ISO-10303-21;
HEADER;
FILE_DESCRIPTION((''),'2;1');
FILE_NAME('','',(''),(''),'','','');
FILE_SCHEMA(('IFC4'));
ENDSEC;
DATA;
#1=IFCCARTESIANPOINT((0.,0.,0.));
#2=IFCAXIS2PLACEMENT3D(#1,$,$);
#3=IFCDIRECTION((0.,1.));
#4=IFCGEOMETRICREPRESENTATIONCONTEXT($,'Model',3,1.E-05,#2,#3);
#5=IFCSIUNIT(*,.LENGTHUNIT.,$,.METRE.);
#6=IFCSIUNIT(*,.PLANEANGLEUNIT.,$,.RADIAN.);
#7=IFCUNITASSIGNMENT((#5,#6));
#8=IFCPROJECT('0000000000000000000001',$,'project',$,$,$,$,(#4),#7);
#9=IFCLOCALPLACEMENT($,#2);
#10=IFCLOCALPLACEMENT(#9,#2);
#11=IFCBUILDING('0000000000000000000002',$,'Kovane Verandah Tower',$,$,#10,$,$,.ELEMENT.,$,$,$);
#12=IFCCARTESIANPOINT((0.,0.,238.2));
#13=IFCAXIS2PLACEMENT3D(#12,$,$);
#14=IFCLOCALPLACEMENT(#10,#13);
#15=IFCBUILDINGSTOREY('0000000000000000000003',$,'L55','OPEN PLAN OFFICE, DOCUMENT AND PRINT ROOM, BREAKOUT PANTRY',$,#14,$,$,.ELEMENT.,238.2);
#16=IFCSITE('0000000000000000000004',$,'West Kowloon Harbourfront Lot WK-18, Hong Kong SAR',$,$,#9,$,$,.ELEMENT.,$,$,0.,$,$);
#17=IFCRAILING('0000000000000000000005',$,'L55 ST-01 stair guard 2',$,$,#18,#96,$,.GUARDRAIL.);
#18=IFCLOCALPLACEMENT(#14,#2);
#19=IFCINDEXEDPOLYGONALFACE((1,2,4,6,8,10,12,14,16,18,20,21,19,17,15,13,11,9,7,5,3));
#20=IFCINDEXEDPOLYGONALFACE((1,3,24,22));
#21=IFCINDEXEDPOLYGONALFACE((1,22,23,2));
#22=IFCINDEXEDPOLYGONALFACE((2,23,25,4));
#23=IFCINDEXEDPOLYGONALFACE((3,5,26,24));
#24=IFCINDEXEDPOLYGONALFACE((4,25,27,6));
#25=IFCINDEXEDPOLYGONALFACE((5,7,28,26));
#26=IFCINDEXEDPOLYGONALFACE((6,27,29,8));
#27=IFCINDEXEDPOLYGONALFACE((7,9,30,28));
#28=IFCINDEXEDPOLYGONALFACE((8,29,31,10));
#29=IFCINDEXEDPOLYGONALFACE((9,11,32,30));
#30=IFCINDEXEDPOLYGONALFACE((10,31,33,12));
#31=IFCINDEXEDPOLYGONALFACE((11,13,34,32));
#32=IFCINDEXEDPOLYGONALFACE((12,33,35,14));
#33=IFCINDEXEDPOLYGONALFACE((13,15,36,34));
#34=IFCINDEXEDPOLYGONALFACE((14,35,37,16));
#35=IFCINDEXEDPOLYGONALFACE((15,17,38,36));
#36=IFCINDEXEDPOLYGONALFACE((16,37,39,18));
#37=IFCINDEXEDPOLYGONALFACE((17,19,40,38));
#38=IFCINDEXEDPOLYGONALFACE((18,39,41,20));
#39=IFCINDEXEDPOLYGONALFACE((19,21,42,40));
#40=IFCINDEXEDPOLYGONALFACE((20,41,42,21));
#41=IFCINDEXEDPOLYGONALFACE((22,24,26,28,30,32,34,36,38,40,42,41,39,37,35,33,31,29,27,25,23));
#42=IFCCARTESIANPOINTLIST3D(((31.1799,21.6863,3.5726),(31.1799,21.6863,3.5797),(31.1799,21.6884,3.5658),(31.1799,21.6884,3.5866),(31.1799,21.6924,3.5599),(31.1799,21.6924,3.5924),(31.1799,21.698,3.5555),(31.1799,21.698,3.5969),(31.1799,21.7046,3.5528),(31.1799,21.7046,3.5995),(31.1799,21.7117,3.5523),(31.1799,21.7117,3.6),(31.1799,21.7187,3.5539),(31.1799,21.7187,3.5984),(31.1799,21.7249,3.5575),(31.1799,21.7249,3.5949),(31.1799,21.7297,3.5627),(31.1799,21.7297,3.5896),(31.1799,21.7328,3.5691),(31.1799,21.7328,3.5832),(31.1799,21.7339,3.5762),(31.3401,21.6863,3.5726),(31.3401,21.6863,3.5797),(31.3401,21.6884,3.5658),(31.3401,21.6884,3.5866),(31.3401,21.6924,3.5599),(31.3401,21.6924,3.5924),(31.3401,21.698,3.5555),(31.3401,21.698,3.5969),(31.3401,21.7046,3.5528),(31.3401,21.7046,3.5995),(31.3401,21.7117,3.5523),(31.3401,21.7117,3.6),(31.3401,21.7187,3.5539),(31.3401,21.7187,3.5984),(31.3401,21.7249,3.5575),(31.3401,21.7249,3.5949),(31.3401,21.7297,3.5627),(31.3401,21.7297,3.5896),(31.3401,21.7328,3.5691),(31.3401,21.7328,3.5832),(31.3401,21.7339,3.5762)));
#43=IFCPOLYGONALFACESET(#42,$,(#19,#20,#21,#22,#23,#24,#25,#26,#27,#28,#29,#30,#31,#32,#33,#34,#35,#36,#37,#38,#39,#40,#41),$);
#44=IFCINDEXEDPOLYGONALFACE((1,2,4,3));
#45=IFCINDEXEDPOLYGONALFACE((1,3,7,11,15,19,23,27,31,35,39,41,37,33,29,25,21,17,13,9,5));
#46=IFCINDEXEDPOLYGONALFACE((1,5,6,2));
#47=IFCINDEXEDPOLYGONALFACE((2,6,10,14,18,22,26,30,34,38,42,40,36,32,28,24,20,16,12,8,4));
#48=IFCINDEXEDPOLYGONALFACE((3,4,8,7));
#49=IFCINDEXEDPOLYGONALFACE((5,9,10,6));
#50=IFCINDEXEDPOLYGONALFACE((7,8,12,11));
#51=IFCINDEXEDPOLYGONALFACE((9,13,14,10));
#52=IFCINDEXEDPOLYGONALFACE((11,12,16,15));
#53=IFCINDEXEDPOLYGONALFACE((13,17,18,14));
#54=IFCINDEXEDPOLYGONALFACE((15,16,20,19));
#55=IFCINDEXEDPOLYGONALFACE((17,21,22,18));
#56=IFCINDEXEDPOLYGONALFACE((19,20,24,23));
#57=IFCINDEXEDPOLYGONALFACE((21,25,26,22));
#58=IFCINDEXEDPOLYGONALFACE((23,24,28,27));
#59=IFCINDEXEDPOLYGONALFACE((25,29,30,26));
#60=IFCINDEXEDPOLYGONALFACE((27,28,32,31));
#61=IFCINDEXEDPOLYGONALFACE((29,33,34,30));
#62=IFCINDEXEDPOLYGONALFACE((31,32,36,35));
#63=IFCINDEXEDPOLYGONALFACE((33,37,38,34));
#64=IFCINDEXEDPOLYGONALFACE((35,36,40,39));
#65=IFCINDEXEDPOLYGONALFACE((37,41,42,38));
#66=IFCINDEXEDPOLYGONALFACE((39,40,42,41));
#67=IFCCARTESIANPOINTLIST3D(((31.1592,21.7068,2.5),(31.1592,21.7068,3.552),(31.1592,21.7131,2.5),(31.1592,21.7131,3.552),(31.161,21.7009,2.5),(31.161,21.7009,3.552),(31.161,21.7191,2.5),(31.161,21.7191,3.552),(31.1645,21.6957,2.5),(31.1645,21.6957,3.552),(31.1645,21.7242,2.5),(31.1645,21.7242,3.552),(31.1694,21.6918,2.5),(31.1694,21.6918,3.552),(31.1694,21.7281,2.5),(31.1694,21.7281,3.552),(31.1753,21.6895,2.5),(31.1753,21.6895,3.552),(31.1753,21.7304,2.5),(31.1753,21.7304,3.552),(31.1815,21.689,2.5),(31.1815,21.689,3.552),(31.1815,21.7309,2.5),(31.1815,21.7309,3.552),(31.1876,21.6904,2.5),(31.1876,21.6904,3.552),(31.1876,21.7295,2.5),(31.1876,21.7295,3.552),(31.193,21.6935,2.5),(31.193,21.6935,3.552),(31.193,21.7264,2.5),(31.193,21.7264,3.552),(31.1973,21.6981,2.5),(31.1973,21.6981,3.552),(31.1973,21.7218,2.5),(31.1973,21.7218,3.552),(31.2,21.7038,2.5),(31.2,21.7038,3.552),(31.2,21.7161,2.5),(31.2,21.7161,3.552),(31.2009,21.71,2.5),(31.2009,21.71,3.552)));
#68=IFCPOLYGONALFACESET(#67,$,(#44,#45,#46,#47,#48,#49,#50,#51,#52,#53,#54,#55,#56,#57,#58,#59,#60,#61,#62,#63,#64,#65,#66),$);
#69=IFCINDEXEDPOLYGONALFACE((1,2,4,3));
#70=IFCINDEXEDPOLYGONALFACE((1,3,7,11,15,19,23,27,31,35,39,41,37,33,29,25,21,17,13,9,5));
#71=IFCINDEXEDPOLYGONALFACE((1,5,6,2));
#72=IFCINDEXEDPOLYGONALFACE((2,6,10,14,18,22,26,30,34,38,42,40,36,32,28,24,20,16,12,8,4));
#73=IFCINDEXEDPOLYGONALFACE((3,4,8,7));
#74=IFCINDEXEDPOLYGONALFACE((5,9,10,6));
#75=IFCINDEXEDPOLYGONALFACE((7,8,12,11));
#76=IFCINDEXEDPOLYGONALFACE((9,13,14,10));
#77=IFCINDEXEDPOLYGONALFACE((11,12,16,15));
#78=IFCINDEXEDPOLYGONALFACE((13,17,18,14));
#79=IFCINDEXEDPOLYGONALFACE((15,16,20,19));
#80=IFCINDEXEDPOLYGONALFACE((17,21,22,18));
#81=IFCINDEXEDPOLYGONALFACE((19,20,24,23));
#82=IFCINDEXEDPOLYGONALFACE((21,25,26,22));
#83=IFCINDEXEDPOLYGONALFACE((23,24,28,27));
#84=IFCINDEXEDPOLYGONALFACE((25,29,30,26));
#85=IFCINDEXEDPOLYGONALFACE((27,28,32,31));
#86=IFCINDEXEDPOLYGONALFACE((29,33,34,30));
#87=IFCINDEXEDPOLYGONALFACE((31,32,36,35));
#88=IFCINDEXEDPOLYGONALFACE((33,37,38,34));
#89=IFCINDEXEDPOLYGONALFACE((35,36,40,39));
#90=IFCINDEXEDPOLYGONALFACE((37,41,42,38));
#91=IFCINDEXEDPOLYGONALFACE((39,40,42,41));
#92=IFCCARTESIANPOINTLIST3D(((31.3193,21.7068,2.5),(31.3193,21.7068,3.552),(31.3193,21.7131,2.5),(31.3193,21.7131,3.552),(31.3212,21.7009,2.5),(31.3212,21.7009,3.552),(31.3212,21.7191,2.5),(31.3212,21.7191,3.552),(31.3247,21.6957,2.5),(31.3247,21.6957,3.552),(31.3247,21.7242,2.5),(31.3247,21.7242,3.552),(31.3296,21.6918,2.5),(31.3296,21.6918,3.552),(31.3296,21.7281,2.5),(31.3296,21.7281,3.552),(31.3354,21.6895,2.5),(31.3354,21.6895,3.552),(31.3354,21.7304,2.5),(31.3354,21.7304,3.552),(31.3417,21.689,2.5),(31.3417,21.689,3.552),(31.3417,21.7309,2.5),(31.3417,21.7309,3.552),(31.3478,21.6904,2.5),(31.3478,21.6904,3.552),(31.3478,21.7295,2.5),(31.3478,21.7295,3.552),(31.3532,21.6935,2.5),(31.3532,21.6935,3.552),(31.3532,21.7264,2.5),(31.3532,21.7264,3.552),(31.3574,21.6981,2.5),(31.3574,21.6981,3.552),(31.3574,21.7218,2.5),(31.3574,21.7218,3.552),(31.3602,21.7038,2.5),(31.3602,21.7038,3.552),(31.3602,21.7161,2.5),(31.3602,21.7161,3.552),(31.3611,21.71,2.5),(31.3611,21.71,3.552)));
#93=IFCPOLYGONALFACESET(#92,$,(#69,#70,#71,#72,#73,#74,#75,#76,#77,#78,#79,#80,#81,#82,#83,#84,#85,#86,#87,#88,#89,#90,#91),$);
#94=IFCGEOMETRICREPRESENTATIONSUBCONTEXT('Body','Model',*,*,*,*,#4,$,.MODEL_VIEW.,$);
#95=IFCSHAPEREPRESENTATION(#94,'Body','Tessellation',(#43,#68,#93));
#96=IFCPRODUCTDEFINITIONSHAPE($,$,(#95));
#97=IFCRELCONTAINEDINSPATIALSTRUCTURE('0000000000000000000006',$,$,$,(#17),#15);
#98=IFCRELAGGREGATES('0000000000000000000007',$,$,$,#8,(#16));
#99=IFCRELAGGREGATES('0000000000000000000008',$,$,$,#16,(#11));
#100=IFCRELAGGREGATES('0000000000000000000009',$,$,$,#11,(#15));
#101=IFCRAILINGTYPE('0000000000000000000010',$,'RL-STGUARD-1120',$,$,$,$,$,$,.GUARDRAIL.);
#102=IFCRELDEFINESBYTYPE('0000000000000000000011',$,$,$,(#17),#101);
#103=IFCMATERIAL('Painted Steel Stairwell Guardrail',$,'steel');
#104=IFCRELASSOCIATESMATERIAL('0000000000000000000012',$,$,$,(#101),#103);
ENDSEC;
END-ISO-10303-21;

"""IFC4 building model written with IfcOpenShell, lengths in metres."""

from ifc_helpers import new_model, si_unit, direction, frame, origin, origin_2d, place, context, subcontext, project, spatial, circle, extrude, material, type_object, element, save


model = new_model("IFC4")

# Units and contexts
model_context = context("Model", 3, precision=1e-05, world=origin(), true_north=direction((0.0, 1.0)))
body_context = subcontext(model_context, "Body", "Model", "MODEL_VIEW")
ifc_project = project(units=[si_unit("LENGTHUNIT", "METRE"), si_unit("PLANEANGLEUNIT", "RADIAN")], contexts=[model_context])

# Site, building, storey
site_placement = place(None, origin())
site = spatial("IfcSite", under=ifc_project, at=site_placement, Name="West Kowloon Harbourfront Lot WK-18, Hong Kong SAR", CompositionType="ELEMENT", RefElevation=0.0)
building_placement = place(site_placement, origin())
building = spatial("IfcBuilding", under=site, at=building_placement, Name="Kovane Verandah Tower", CompositionType="ELEMENT")
storey_placement = place(building_placement, frame((0.0, 0.0, 238.2)))
storey = spatial("IfcBuildingStorey", under=building, at=storey_placement, Name="L55", Description="OPEN PLAN OFFICE, DOCUMENT AND PRINT ROOM, BREAKOUT PANTRY", CompositionType="ELEMENT", Elevation=238.2)

# Railing
ifc_material_1 = material(Name="Painted Steel Stairwell Guardrail", Category="steel")
railing_type_1 = type_object("IfcRailingType", Name="RL-STGUARD-1120", PredefinedType="GUARDRAIL", material=ifc_material_1)
railing_1_placement = place(storey_placement, frame((31.1799, 21.71, 2.5)))
element("IfcRailing", 1, at=railing_1_placement, inside=storey, type_object=railing_type_1, Name="L55 ST-01 stair guard 2", PredefinedType="GUARDRAIL", context=body_context, shape_type="SweptSolid", body=[
    extrude(circle(Radius=0.0239, at=origin_2d()), frame((0.0, 0.0, 1.0762), z_axis=(1.0, 0.0, 0.0), x_axis=(0.0, 1.0, 0.0)), (0.0, 0.0, 1.0), 0.1602),
    extrude(circle(Radius=0.021, at=origin_2d()), origin(), (0.0, 0.0, 1.0), 1.052),
    extrude(circle(Radius=0.021, at=origin_2d()), frame((0.1602, 0.0, 0.0)), (0.0, 0.0, 1.0), 1.052),
])

save(model, "model.ifc")
